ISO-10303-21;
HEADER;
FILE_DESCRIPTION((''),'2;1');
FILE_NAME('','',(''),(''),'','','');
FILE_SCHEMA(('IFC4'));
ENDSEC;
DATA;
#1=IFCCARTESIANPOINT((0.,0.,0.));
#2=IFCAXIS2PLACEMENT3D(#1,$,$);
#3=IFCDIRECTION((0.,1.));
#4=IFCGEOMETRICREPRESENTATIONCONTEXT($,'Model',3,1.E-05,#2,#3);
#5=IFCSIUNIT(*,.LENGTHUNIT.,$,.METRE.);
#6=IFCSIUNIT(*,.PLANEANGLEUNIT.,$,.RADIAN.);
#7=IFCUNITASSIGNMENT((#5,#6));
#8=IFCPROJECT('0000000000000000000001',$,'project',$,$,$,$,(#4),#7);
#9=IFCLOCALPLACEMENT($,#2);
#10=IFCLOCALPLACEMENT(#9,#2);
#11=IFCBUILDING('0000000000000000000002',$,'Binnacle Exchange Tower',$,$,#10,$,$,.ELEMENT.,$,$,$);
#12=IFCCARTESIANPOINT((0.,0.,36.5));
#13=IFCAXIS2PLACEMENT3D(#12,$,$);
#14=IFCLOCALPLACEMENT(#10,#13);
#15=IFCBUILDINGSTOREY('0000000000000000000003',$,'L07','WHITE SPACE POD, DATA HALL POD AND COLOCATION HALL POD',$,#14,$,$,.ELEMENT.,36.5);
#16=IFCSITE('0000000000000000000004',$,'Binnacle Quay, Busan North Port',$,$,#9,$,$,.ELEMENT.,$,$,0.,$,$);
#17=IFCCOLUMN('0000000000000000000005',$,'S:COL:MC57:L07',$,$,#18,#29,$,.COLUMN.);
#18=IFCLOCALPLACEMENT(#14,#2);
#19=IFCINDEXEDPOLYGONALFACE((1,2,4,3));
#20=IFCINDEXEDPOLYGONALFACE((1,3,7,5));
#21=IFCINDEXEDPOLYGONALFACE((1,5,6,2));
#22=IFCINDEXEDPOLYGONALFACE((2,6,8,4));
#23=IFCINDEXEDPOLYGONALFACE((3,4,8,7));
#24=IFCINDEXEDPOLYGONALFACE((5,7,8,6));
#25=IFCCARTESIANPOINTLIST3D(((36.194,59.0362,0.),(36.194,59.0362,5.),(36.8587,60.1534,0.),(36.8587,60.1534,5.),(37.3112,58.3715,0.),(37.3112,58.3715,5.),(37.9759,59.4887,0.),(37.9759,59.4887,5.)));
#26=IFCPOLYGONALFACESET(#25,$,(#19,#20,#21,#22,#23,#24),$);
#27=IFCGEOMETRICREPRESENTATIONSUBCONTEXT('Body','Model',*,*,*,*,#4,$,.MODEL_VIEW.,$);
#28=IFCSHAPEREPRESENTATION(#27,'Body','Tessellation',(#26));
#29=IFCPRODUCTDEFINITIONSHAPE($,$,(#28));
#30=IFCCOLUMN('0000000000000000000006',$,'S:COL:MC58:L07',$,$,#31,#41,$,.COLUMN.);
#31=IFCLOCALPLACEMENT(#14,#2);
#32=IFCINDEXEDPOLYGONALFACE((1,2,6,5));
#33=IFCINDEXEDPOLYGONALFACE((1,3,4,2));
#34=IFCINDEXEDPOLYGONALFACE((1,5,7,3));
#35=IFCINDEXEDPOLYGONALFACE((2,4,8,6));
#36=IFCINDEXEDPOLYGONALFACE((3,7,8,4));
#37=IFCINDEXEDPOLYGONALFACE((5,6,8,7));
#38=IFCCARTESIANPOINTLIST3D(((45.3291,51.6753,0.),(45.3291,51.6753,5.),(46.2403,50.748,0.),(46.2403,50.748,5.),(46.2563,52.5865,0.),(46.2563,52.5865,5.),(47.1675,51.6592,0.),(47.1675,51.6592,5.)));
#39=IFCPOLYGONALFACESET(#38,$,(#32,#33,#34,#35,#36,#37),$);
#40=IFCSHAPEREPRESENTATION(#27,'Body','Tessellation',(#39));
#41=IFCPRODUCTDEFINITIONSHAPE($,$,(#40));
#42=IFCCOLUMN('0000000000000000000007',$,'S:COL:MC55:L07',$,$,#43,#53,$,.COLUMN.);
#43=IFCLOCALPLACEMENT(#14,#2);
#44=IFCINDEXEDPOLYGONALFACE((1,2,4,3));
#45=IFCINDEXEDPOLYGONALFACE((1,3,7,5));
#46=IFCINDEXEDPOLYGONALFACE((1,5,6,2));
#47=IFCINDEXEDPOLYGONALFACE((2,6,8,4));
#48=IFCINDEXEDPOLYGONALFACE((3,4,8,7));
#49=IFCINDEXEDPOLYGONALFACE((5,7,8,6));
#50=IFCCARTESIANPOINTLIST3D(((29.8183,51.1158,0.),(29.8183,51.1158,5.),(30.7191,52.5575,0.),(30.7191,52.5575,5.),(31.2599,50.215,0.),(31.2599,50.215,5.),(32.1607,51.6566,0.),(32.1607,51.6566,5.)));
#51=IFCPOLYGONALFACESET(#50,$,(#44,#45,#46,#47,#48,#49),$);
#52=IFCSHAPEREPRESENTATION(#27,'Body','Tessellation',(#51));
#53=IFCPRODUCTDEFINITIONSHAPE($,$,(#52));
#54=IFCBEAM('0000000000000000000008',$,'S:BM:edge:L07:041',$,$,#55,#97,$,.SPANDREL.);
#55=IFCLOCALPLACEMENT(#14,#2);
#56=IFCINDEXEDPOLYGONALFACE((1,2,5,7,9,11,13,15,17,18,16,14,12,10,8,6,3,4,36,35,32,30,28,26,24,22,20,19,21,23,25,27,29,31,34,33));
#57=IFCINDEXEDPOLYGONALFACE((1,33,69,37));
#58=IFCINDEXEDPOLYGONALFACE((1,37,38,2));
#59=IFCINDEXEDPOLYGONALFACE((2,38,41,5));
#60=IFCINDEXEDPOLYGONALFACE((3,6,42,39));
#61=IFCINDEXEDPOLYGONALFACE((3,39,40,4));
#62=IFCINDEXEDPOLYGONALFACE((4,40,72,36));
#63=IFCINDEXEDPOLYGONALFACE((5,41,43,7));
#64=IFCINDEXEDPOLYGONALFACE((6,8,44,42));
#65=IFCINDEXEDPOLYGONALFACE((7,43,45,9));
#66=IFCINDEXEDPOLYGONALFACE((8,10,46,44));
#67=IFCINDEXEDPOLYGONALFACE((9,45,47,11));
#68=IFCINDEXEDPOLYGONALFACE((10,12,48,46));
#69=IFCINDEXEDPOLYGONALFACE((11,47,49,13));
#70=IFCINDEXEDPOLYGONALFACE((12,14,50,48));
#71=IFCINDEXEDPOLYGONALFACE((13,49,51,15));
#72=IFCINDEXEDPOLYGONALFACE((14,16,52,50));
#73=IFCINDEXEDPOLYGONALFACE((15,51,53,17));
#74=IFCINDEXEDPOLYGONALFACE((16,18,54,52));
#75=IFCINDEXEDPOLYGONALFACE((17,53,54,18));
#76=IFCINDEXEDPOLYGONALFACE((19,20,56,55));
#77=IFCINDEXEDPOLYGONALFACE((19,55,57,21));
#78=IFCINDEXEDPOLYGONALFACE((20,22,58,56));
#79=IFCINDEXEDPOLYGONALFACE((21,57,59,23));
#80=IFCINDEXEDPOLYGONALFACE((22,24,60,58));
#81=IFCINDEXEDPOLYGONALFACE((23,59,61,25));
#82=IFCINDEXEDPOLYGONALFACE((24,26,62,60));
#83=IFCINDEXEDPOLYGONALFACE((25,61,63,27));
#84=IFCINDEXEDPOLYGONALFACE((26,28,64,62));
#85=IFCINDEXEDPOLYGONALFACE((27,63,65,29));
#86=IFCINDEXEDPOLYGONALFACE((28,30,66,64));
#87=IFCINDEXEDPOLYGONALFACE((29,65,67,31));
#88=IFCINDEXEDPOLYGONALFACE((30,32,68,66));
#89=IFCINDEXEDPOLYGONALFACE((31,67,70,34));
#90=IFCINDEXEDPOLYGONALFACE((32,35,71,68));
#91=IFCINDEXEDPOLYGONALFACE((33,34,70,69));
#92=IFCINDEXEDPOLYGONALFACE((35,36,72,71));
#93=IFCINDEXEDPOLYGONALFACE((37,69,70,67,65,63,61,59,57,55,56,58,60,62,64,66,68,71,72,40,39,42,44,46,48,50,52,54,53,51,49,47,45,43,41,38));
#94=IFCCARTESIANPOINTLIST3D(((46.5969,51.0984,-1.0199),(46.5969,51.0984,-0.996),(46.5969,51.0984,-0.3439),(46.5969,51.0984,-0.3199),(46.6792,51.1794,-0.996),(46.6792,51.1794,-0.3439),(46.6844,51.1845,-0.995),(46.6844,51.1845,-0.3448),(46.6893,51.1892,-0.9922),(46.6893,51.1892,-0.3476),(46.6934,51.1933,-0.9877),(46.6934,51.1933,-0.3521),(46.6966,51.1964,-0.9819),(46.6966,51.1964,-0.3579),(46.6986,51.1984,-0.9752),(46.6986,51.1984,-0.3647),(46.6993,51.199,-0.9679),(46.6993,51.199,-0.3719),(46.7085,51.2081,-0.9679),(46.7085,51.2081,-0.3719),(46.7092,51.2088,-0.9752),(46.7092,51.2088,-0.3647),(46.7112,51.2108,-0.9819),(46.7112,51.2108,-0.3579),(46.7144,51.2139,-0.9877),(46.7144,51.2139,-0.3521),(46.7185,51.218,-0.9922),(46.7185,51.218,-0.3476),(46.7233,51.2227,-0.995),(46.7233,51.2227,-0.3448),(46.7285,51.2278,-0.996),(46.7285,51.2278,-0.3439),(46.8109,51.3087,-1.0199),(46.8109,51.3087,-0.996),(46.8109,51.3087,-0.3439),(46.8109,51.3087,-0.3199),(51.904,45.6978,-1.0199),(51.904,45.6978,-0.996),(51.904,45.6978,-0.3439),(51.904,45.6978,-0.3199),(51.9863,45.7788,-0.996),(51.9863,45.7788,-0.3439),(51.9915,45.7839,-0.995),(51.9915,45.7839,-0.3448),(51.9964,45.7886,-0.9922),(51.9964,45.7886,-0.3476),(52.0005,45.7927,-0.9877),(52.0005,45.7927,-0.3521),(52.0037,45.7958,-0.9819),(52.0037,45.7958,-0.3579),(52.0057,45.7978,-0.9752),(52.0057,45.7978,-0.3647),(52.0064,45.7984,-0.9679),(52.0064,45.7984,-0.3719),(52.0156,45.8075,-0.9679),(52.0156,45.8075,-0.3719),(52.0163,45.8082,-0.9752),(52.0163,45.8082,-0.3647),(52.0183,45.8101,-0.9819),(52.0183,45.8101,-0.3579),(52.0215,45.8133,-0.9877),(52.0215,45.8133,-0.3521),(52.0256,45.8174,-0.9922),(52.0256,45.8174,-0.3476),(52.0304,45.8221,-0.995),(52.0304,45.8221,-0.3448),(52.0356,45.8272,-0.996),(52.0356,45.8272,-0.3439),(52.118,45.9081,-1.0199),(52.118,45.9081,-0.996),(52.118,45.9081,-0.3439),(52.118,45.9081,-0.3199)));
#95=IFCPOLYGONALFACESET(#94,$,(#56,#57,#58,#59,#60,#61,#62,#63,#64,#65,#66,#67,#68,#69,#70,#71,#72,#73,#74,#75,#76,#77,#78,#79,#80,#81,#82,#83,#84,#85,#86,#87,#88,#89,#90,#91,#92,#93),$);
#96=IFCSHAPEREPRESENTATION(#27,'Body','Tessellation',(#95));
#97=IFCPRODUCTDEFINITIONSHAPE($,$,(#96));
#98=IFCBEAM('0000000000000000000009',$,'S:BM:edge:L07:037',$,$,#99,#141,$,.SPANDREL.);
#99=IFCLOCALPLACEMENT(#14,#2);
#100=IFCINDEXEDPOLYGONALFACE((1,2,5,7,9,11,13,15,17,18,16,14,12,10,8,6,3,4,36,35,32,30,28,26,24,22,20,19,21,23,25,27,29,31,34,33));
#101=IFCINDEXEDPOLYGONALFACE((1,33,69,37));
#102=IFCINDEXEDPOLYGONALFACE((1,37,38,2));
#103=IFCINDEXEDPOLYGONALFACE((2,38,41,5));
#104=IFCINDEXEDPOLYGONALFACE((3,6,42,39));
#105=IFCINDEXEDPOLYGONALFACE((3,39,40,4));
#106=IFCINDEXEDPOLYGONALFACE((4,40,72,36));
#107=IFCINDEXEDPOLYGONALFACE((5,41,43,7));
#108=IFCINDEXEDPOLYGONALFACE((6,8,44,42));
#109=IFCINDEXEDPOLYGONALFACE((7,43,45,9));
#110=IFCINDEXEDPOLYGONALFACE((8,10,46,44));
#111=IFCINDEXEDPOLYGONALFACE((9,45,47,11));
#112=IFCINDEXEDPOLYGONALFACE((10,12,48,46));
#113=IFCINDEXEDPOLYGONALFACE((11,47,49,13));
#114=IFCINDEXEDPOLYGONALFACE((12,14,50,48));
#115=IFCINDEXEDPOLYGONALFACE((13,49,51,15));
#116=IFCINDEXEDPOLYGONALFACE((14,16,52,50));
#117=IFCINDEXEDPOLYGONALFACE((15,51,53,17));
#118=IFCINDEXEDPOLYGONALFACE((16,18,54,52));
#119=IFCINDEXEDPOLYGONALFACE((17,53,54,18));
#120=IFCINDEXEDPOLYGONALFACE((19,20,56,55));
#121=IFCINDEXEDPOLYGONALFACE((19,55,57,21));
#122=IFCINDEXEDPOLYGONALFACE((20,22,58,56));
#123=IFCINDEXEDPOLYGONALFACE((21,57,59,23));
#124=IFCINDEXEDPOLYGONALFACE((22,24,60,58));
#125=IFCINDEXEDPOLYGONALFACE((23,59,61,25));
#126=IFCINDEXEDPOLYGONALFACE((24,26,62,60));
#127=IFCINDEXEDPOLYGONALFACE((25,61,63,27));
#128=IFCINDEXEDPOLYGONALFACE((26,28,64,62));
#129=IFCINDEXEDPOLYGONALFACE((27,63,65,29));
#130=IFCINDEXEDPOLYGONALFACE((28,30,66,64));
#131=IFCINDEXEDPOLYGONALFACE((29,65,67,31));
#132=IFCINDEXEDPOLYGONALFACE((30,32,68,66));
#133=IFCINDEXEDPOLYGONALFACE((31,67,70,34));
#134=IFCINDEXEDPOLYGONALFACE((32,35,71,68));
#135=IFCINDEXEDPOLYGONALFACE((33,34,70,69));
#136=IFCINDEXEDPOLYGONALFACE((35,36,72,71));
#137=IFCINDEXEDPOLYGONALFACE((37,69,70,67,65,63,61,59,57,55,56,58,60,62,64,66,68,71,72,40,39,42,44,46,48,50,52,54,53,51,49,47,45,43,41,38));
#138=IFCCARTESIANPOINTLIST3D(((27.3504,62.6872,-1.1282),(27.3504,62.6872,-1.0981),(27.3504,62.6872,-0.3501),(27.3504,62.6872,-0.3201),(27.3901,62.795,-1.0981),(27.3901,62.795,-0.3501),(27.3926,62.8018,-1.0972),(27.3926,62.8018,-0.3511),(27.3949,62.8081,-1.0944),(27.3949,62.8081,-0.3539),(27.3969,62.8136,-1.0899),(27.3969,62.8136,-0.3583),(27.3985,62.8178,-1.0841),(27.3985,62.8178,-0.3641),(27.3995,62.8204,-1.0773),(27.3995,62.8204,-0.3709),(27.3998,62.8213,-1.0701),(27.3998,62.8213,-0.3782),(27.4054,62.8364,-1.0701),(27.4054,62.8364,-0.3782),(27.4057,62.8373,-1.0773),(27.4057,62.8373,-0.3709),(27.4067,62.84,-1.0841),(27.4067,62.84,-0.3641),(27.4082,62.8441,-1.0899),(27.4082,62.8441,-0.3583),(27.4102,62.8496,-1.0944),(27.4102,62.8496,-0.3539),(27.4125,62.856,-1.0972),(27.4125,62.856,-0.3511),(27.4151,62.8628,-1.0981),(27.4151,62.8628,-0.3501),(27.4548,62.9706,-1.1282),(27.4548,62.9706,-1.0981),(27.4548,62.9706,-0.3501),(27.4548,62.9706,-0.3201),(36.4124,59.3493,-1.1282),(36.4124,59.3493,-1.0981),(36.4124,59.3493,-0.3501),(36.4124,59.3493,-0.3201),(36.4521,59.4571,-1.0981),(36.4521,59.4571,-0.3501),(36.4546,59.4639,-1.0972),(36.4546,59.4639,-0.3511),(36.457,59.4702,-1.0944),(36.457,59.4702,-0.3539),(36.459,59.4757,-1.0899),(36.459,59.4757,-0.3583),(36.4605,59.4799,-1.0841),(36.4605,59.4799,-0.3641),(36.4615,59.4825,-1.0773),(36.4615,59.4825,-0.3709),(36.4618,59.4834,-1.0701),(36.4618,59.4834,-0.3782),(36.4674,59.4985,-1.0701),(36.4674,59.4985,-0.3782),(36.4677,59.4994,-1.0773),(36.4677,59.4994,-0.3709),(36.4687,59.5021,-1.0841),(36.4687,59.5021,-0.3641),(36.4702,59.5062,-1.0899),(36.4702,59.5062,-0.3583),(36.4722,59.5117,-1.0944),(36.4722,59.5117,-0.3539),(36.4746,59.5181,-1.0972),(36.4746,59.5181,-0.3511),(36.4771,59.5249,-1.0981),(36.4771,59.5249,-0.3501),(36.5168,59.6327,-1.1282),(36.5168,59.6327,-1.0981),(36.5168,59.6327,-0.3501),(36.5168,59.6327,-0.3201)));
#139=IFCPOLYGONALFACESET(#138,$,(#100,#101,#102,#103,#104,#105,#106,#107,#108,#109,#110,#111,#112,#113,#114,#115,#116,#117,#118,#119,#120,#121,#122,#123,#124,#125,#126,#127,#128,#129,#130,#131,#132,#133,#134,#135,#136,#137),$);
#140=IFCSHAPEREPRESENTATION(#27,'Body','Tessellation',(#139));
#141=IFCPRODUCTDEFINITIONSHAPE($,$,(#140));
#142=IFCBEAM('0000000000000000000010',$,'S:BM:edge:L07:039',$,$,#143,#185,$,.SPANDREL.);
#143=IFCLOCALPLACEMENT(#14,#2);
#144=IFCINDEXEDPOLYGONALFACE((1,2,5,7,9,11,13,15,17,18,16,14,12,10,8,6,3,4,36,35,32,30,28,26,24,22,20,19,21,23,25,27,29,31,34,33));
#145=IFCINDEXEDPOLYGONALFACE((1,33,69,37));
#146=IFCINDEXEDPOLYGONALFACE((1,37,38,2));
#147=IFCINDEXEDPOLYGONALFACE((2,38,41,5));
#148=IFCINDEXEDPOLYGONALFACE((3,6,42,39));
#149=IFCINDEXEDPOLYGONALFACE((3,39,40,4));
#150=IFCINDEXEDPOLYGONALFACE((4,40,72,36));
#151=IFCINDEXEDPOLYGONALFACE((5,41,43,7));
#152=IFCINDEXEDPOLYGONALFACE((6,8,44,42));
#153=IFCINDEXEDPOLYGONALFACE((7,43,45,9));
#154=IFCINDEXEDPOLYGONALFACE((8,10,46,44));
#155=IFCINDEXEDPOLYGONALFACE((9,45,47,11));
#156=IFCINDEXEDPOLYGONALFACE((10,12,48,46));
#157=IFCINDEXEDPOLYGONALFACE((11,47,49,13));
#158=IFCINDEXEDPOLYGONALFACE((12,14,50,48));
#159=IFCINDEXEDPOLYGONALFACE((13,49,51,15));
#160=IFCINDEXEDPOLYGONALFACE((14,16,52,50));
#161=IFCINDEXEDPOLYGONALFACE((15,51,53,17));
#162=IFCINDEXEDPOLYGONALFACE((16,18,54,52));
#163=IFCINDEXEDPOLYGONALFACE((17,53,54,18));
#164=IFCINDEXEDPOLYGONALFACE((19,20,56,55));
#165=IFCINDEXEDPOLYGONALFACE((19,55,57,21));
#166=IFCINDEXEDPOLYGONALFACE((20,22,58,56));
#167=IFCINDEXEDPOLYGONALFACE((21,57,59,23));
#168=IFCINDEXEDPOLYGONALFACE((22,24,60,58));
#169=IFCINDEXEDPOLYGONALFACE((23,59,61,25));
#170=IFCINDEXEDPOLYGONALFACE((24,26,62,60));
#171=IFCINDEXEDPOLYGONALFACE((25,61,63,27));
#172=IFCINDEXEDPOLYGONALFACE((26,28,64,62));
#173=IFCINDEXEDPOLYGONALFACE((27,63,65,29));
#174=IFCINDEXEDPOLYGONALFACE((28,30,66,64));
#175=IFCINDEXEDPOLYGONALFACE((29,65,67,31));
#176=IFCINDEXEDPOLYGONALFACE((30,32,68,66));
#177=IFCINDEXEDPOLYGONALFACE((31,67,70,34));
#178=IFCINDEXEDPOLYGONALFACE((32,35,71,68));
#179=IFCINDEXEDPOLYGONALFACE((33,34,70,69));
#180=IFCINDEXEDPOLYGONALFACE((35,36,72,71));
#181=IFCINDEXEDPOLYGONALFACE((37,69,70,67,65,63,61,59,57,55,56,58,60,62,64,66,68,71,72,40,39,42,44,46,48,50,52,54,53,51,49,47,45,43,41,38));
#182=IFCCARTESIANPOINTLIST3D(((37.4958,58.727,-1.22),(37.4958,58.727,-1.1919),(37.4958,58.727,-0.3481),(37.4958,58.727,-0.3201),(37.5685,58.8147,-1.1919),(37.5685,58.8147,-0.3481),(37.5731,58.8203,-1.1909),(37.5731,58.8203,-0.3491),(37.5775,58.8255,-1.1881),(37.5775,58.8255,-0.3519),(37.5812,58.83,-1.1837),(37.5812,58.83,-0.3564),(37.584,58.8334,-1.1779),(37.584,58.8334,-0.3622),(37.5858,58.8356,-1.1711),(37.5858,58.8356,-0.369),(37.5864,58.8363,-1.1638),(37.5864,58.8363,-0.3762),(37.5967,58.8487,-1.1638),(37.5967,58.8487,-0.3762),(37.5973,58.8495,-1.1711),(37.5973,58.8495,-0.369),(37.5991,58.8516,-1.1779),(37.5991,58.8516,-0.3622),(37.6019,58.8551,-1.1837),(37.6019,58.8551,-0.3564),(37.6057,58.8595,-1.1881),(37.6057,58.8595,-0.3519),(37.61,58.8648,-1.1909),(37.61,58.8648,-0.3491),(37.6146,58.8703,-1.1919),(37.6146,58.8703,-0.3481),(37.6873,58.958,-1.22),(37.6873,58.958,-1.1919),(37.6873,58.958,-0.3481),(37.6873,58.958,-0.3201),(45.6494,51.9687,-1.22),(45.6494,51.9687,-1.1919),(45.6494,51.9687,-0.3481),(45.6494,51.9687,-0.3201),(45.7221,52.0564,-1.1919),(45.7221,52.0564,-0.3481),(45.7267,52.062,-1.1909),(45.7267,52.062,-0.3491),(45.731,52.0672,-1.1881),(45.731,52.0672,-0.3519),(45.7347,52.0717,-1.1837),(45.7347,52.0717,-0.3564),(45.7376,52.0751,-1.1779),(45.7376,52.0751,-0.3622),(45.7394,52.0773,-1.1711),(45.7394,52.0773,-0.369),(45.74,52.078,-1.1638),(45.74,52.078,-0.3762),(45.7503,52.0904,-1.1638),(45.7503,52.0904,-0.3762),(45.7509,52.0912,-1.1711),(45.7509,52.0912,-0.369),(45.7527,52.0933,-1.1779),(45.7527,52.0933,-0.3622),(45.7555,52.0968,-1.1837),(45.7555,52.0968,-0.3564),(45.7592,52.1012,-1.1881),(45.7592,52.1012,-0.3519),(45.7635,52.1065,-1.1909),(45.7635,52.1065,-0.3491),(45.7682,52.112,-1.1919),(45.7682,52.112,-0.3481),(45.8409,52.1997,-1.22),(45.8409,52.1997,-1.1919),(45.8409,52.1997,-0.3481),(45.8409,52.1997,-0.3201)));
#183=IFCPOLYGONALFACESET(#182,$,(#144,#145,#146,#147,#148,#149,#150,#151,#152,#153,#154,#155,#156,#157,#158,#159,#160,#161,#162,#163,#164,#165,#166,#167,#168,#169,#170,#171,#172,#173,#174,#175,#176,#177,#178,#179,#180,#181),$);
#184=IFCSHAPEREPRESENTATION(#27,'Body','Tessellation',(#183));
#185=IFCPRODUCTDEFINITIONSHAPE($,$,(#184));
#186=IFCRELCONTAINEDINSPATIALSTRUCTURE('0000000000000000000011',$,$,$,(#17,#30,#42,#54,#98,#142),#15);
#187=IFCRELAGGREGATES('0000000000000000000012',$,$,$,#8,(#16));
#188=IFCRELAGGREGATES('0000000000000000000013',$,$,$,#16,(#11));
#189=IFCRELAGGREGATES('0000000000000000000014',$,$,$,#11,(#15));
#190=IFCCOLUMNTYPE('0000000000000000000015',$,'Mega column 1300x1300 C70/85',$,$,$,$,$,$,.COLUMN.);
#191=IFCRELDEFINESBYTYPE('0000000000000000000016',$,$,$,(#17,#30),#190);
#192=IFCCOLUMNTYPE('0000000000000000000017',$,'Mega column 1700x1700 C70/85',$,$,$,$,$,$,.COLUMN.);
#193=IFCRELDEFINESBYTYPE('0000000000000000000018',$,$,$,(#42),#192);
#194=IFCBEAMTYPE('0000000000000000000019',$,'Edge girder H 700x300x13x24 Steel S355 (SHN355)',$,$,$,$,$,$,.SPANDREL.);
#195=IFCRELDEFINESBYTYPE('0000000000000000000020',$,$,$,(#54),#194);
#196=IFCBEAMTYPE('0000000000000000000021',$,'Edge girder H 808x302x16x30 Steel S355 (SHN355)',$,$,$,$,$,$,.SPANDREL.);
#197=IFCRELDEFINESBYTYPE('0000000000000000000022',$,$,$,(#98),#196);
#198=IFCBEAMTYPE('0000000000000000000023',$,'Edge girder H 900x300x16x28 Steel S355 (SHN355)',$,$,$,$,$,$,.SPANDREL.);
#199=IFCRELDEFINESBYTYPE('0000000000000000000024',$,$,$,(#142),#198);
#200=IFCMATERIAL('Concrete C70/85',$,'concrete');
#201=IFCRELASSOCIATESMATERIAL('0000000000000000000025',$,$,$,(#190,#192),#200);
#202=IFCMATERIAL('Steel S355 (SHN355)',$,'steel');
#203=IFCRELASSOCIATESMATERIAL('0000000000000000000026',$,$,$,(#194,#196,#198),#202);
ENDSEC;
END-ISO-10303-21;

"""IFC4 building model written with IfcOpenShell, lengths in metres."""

from ifc_helpers import new_model, si_unit, direction, frame, origin, origin_2d, place, context, subcontext, project, spatial, rectangle, i_section, extrude, material, material_profile, profile_set, type_object, element, save


model = new_model("IFC4")

# Units and contexts
model_context = context("Model", 3, precision=1e-05, world=origin(), true_north=direction((0.0, 1.0)))
body_context = subcontext(model_context, "Body", "Model", "MODEL_VIEW")
ifc_project = project(units=[si_unit("LENGTHUNIT", "METRE"), si_unit("PLANEANGLEUNIT", "RADIAN")], contexts=[model_context])

# Site, building, storey
site_placement = place(None, origin())
site = spatial("IfcSite", under=ifc_project, at=site_placement, Name="Binnacle Quay, Busan North Port", CompositionType="ELEMENT", RefElevation=0.0)
building_placement = place(site_placement, origin())
building = spatial("IfcBuilding", under=site, at=building_placement, Name="Binnacle Exchange Tower", CompositionType="ELEMENT")
storey_placement = place(building_placement, frame((0.0, 0.0, 36.5)))
storey = spatial("IfcBuildingStorey", under=building, at=storey_placement, Name="L07", Description="WHITE SPACE POD, DATA HALL POD AND COLOCATION HALL POD", CompositionType="ELEMENT", Elevation=36.5)

# Columns
ifc_material_1 = material(Name="Concrete C70/85", Category="concrete")
ifc_material_profile_1 = material_profile(ifc_material_1, rectangle(XDim=1.3, YDim=1.3, at=origin_2d()), Name="Mega column 1300x1300 C70/85")
ifc_profile_set_1 = profile_set([ifc_material_profile_1], Name="Concrete C70/85")
column_type_1 = type_object("IfcColumnType", Name="Mega column 1300x1300 C70/85", PredefinedType="COLUMN", material=ifc_profile_set_1)
for number, where, z_axis, x_axis, name in (
    (1, (37.085, 59.2625, 0.0), (0.0, 0.0, 1.0), (-0.859406, 0.511293, 0.0), "S:COL:MC57:L07"),
    (2, (46.2483, 51.6672, 0.0), (0.0, 0.0, 1.0), (-0.700909, 0.71325, 0.0), "S:COL:MC58:L07"),
):
    element("IfcColumn", number, at=place(storey_placement, frame(where, z_axis=z_axis, x_axis=x_axis)), inside=storey, type_object=column_type_1, Name=name, PredefinedType="COLUMN", context=body_context, shape_type="SweptSolid", body=[
        extrude(rectangle(XDim=1.3, YDim=1.3, at=origin_2d()), origin(), (0.0, 0.0, 1.0), 5.0),
    ])
ifc_material_profile_2 = material_profile(ifc_material_1, rectangle(XDim=1.7, YDim=1.7, at=origin_2d()), Name="Mega column 1700x1700 C70/85")
ifc_profile_set_2 = profile_set([ifc_material_profile_2], Name="Concrete C70/85")
column_type_2 = type_object("IfcColumnType", Name="Mega column 1700x1700 C70/85", PredefinedType="COLUMN", material=ifc_profile_set_2)
column_placement = place(storey_placement, frame((30.9895, 51.3862, 0.0), z_axis=(0.0, 0.0, 1.0), x_axis=(0.529919, 0.848048, 0.0)))
element("IfcColumn", 3, at=column_placement, inside=storey, type_object=column_type_2, Name="S:COL:MC55:L07", PredefinedType="COLUMN", context=body_context, shape_type="SweptSolid", body=[
    extrude(rectangle(XDim=1.7, YDim=1.7, at=origin_2d()), origin(), (0.0, 0.0, 1.0), 5.0),
])

# Beams
ifc_material_2 = material(Name="Steel S355 (SHN355)", Category="steel")
ifc_material_profile_3 = material_profile(ifc_material_2, i_section(OverallWidth=0.3, OverallDepth=0.7, WebThickness=0.0129, FlangeThickness=0.0239, FilletRadius=0.0281, at=origin_2d()), Name="H 700x300x13x24")
ifc_profile_set_3 = profile_set([ifc_material_profile_3], Name="Steel S355 (SHN355)")
beam_type_1 = type_object("IfcBeamType", Name="Edge girder H 700x300x13x24 Steel S355 (SHN355)", PredefinedType="SPANDREL", material=ifc_profile_set_3)
beam_1_placement = place(storey_placement, frame((52.011, 45.803, -0.6699), z_axis=(-0.700905, 0.713254, 0.0), x_axis=(-0.713254, -0.700905, 0.0)))
element("IfcBeam", 4, at=beam_1_placement, inside=storey, type_object=beam_type_1, Name="S:BM:edge:L07:041", PredefinedType="SPANDREL", context=body_context, shape_type="SweptSolid", body=[
    extrude(i_section(OverallWidth=0.3, OverallDepth=0.7, WebThickness=0.0129, FlangeThickness=0.0239, FilletRadius=0.0281, at=origin_2d()), origin(), (0.0, 0.0, 1.0), 7.5718),
])
ifc_material_profile_4 = material_profile(ifc_material_2, i_section(OverallWidth=0.302, OverallDepth=0.8081, WebThickness=0.0161, FlangeThickness=0.03, FilletRadius=0.0281, at=origin_2d()), Name="H 808x302x16x30")
ifc_profile_set_4 = profile_set([ifc_material_profile_4], Name="Steel S355 (SHN355)")
beam_type_2 = type_object("IfcBeamType", Name="Edge girder H 808x302x16x30 Steel S355 (SHN355)", PredefinedType="SPANDREL", material=ifc_profile_set_4)
beam_2_placement = place(storey_placement, frame((36.4646, 59.491, -0.7241), z_axis=(-0.938368, 0.345637, 0.0), x_axis=(-0.345637, -0.938368, 0.0)))
element("IfcBeam", 5, at=beam_2_placement, inside=storey, type_object=beam_type_2, Name="S:BM:edge:L07:037", PredefinedType="SPANDREL", context=body_context, shape_type="SweptSolid", body=[
    extrude(i_section(OverallWidth=0.302, OverallDepth=0.8081, WebThickness=0.0161, FlangeThickness=0.03, FilletRadius=0.0281, at=origin_2d()), origin(), (0.0, 0.0, 1.0), 9.6572),
])
ifc_material_profile_5 = material_profile(ifc_material_2, i_section(OverallWidth=0.3, OverallDepth=0.8999, WebThickness=0.0161, FlangeThickness=0.0281, FilletRadius=0.0281, at=origin_2d()), Name="H 900x300x16x28")
ifc_profile_set_5 = profile_set([ifc_material_profile_5], Name="Steel S355 (SHN355)")
beam_type_3 = type_object("IfcBeamType", Name="Edge girder H 900x300x16x28 Steel S355 (SHN355)", PredefinedType="SPANDREL", material=ifc_profile_set_5)
beam_3_placement = place(storey_placement, frame((45.7451, 52.0842, -0.77), z_axis=(-0.769906, 0.638157, 0.0), x_axis=(-0.638157, -0.769906, 0.0)))
element("IfcBeam", 6, at=beam_3_placement, inside=storey, type_object=beam_type_3, Name="S:BM:edge:L07:039", PredefinedType="SPANDREL", context=body_context, shape_type="SweptSolid", body=[
    extrude(i_section(OverallWidth=0.3, OverallDepth=0.8999, WebThickness=0.0161, FlangeThickness=0.0281, FilletRadius=0.0281, at=origin_2d()), origin(), (0.0, 0.0, 1.0), 10.5903),
])

save(model, "model.ifc")
